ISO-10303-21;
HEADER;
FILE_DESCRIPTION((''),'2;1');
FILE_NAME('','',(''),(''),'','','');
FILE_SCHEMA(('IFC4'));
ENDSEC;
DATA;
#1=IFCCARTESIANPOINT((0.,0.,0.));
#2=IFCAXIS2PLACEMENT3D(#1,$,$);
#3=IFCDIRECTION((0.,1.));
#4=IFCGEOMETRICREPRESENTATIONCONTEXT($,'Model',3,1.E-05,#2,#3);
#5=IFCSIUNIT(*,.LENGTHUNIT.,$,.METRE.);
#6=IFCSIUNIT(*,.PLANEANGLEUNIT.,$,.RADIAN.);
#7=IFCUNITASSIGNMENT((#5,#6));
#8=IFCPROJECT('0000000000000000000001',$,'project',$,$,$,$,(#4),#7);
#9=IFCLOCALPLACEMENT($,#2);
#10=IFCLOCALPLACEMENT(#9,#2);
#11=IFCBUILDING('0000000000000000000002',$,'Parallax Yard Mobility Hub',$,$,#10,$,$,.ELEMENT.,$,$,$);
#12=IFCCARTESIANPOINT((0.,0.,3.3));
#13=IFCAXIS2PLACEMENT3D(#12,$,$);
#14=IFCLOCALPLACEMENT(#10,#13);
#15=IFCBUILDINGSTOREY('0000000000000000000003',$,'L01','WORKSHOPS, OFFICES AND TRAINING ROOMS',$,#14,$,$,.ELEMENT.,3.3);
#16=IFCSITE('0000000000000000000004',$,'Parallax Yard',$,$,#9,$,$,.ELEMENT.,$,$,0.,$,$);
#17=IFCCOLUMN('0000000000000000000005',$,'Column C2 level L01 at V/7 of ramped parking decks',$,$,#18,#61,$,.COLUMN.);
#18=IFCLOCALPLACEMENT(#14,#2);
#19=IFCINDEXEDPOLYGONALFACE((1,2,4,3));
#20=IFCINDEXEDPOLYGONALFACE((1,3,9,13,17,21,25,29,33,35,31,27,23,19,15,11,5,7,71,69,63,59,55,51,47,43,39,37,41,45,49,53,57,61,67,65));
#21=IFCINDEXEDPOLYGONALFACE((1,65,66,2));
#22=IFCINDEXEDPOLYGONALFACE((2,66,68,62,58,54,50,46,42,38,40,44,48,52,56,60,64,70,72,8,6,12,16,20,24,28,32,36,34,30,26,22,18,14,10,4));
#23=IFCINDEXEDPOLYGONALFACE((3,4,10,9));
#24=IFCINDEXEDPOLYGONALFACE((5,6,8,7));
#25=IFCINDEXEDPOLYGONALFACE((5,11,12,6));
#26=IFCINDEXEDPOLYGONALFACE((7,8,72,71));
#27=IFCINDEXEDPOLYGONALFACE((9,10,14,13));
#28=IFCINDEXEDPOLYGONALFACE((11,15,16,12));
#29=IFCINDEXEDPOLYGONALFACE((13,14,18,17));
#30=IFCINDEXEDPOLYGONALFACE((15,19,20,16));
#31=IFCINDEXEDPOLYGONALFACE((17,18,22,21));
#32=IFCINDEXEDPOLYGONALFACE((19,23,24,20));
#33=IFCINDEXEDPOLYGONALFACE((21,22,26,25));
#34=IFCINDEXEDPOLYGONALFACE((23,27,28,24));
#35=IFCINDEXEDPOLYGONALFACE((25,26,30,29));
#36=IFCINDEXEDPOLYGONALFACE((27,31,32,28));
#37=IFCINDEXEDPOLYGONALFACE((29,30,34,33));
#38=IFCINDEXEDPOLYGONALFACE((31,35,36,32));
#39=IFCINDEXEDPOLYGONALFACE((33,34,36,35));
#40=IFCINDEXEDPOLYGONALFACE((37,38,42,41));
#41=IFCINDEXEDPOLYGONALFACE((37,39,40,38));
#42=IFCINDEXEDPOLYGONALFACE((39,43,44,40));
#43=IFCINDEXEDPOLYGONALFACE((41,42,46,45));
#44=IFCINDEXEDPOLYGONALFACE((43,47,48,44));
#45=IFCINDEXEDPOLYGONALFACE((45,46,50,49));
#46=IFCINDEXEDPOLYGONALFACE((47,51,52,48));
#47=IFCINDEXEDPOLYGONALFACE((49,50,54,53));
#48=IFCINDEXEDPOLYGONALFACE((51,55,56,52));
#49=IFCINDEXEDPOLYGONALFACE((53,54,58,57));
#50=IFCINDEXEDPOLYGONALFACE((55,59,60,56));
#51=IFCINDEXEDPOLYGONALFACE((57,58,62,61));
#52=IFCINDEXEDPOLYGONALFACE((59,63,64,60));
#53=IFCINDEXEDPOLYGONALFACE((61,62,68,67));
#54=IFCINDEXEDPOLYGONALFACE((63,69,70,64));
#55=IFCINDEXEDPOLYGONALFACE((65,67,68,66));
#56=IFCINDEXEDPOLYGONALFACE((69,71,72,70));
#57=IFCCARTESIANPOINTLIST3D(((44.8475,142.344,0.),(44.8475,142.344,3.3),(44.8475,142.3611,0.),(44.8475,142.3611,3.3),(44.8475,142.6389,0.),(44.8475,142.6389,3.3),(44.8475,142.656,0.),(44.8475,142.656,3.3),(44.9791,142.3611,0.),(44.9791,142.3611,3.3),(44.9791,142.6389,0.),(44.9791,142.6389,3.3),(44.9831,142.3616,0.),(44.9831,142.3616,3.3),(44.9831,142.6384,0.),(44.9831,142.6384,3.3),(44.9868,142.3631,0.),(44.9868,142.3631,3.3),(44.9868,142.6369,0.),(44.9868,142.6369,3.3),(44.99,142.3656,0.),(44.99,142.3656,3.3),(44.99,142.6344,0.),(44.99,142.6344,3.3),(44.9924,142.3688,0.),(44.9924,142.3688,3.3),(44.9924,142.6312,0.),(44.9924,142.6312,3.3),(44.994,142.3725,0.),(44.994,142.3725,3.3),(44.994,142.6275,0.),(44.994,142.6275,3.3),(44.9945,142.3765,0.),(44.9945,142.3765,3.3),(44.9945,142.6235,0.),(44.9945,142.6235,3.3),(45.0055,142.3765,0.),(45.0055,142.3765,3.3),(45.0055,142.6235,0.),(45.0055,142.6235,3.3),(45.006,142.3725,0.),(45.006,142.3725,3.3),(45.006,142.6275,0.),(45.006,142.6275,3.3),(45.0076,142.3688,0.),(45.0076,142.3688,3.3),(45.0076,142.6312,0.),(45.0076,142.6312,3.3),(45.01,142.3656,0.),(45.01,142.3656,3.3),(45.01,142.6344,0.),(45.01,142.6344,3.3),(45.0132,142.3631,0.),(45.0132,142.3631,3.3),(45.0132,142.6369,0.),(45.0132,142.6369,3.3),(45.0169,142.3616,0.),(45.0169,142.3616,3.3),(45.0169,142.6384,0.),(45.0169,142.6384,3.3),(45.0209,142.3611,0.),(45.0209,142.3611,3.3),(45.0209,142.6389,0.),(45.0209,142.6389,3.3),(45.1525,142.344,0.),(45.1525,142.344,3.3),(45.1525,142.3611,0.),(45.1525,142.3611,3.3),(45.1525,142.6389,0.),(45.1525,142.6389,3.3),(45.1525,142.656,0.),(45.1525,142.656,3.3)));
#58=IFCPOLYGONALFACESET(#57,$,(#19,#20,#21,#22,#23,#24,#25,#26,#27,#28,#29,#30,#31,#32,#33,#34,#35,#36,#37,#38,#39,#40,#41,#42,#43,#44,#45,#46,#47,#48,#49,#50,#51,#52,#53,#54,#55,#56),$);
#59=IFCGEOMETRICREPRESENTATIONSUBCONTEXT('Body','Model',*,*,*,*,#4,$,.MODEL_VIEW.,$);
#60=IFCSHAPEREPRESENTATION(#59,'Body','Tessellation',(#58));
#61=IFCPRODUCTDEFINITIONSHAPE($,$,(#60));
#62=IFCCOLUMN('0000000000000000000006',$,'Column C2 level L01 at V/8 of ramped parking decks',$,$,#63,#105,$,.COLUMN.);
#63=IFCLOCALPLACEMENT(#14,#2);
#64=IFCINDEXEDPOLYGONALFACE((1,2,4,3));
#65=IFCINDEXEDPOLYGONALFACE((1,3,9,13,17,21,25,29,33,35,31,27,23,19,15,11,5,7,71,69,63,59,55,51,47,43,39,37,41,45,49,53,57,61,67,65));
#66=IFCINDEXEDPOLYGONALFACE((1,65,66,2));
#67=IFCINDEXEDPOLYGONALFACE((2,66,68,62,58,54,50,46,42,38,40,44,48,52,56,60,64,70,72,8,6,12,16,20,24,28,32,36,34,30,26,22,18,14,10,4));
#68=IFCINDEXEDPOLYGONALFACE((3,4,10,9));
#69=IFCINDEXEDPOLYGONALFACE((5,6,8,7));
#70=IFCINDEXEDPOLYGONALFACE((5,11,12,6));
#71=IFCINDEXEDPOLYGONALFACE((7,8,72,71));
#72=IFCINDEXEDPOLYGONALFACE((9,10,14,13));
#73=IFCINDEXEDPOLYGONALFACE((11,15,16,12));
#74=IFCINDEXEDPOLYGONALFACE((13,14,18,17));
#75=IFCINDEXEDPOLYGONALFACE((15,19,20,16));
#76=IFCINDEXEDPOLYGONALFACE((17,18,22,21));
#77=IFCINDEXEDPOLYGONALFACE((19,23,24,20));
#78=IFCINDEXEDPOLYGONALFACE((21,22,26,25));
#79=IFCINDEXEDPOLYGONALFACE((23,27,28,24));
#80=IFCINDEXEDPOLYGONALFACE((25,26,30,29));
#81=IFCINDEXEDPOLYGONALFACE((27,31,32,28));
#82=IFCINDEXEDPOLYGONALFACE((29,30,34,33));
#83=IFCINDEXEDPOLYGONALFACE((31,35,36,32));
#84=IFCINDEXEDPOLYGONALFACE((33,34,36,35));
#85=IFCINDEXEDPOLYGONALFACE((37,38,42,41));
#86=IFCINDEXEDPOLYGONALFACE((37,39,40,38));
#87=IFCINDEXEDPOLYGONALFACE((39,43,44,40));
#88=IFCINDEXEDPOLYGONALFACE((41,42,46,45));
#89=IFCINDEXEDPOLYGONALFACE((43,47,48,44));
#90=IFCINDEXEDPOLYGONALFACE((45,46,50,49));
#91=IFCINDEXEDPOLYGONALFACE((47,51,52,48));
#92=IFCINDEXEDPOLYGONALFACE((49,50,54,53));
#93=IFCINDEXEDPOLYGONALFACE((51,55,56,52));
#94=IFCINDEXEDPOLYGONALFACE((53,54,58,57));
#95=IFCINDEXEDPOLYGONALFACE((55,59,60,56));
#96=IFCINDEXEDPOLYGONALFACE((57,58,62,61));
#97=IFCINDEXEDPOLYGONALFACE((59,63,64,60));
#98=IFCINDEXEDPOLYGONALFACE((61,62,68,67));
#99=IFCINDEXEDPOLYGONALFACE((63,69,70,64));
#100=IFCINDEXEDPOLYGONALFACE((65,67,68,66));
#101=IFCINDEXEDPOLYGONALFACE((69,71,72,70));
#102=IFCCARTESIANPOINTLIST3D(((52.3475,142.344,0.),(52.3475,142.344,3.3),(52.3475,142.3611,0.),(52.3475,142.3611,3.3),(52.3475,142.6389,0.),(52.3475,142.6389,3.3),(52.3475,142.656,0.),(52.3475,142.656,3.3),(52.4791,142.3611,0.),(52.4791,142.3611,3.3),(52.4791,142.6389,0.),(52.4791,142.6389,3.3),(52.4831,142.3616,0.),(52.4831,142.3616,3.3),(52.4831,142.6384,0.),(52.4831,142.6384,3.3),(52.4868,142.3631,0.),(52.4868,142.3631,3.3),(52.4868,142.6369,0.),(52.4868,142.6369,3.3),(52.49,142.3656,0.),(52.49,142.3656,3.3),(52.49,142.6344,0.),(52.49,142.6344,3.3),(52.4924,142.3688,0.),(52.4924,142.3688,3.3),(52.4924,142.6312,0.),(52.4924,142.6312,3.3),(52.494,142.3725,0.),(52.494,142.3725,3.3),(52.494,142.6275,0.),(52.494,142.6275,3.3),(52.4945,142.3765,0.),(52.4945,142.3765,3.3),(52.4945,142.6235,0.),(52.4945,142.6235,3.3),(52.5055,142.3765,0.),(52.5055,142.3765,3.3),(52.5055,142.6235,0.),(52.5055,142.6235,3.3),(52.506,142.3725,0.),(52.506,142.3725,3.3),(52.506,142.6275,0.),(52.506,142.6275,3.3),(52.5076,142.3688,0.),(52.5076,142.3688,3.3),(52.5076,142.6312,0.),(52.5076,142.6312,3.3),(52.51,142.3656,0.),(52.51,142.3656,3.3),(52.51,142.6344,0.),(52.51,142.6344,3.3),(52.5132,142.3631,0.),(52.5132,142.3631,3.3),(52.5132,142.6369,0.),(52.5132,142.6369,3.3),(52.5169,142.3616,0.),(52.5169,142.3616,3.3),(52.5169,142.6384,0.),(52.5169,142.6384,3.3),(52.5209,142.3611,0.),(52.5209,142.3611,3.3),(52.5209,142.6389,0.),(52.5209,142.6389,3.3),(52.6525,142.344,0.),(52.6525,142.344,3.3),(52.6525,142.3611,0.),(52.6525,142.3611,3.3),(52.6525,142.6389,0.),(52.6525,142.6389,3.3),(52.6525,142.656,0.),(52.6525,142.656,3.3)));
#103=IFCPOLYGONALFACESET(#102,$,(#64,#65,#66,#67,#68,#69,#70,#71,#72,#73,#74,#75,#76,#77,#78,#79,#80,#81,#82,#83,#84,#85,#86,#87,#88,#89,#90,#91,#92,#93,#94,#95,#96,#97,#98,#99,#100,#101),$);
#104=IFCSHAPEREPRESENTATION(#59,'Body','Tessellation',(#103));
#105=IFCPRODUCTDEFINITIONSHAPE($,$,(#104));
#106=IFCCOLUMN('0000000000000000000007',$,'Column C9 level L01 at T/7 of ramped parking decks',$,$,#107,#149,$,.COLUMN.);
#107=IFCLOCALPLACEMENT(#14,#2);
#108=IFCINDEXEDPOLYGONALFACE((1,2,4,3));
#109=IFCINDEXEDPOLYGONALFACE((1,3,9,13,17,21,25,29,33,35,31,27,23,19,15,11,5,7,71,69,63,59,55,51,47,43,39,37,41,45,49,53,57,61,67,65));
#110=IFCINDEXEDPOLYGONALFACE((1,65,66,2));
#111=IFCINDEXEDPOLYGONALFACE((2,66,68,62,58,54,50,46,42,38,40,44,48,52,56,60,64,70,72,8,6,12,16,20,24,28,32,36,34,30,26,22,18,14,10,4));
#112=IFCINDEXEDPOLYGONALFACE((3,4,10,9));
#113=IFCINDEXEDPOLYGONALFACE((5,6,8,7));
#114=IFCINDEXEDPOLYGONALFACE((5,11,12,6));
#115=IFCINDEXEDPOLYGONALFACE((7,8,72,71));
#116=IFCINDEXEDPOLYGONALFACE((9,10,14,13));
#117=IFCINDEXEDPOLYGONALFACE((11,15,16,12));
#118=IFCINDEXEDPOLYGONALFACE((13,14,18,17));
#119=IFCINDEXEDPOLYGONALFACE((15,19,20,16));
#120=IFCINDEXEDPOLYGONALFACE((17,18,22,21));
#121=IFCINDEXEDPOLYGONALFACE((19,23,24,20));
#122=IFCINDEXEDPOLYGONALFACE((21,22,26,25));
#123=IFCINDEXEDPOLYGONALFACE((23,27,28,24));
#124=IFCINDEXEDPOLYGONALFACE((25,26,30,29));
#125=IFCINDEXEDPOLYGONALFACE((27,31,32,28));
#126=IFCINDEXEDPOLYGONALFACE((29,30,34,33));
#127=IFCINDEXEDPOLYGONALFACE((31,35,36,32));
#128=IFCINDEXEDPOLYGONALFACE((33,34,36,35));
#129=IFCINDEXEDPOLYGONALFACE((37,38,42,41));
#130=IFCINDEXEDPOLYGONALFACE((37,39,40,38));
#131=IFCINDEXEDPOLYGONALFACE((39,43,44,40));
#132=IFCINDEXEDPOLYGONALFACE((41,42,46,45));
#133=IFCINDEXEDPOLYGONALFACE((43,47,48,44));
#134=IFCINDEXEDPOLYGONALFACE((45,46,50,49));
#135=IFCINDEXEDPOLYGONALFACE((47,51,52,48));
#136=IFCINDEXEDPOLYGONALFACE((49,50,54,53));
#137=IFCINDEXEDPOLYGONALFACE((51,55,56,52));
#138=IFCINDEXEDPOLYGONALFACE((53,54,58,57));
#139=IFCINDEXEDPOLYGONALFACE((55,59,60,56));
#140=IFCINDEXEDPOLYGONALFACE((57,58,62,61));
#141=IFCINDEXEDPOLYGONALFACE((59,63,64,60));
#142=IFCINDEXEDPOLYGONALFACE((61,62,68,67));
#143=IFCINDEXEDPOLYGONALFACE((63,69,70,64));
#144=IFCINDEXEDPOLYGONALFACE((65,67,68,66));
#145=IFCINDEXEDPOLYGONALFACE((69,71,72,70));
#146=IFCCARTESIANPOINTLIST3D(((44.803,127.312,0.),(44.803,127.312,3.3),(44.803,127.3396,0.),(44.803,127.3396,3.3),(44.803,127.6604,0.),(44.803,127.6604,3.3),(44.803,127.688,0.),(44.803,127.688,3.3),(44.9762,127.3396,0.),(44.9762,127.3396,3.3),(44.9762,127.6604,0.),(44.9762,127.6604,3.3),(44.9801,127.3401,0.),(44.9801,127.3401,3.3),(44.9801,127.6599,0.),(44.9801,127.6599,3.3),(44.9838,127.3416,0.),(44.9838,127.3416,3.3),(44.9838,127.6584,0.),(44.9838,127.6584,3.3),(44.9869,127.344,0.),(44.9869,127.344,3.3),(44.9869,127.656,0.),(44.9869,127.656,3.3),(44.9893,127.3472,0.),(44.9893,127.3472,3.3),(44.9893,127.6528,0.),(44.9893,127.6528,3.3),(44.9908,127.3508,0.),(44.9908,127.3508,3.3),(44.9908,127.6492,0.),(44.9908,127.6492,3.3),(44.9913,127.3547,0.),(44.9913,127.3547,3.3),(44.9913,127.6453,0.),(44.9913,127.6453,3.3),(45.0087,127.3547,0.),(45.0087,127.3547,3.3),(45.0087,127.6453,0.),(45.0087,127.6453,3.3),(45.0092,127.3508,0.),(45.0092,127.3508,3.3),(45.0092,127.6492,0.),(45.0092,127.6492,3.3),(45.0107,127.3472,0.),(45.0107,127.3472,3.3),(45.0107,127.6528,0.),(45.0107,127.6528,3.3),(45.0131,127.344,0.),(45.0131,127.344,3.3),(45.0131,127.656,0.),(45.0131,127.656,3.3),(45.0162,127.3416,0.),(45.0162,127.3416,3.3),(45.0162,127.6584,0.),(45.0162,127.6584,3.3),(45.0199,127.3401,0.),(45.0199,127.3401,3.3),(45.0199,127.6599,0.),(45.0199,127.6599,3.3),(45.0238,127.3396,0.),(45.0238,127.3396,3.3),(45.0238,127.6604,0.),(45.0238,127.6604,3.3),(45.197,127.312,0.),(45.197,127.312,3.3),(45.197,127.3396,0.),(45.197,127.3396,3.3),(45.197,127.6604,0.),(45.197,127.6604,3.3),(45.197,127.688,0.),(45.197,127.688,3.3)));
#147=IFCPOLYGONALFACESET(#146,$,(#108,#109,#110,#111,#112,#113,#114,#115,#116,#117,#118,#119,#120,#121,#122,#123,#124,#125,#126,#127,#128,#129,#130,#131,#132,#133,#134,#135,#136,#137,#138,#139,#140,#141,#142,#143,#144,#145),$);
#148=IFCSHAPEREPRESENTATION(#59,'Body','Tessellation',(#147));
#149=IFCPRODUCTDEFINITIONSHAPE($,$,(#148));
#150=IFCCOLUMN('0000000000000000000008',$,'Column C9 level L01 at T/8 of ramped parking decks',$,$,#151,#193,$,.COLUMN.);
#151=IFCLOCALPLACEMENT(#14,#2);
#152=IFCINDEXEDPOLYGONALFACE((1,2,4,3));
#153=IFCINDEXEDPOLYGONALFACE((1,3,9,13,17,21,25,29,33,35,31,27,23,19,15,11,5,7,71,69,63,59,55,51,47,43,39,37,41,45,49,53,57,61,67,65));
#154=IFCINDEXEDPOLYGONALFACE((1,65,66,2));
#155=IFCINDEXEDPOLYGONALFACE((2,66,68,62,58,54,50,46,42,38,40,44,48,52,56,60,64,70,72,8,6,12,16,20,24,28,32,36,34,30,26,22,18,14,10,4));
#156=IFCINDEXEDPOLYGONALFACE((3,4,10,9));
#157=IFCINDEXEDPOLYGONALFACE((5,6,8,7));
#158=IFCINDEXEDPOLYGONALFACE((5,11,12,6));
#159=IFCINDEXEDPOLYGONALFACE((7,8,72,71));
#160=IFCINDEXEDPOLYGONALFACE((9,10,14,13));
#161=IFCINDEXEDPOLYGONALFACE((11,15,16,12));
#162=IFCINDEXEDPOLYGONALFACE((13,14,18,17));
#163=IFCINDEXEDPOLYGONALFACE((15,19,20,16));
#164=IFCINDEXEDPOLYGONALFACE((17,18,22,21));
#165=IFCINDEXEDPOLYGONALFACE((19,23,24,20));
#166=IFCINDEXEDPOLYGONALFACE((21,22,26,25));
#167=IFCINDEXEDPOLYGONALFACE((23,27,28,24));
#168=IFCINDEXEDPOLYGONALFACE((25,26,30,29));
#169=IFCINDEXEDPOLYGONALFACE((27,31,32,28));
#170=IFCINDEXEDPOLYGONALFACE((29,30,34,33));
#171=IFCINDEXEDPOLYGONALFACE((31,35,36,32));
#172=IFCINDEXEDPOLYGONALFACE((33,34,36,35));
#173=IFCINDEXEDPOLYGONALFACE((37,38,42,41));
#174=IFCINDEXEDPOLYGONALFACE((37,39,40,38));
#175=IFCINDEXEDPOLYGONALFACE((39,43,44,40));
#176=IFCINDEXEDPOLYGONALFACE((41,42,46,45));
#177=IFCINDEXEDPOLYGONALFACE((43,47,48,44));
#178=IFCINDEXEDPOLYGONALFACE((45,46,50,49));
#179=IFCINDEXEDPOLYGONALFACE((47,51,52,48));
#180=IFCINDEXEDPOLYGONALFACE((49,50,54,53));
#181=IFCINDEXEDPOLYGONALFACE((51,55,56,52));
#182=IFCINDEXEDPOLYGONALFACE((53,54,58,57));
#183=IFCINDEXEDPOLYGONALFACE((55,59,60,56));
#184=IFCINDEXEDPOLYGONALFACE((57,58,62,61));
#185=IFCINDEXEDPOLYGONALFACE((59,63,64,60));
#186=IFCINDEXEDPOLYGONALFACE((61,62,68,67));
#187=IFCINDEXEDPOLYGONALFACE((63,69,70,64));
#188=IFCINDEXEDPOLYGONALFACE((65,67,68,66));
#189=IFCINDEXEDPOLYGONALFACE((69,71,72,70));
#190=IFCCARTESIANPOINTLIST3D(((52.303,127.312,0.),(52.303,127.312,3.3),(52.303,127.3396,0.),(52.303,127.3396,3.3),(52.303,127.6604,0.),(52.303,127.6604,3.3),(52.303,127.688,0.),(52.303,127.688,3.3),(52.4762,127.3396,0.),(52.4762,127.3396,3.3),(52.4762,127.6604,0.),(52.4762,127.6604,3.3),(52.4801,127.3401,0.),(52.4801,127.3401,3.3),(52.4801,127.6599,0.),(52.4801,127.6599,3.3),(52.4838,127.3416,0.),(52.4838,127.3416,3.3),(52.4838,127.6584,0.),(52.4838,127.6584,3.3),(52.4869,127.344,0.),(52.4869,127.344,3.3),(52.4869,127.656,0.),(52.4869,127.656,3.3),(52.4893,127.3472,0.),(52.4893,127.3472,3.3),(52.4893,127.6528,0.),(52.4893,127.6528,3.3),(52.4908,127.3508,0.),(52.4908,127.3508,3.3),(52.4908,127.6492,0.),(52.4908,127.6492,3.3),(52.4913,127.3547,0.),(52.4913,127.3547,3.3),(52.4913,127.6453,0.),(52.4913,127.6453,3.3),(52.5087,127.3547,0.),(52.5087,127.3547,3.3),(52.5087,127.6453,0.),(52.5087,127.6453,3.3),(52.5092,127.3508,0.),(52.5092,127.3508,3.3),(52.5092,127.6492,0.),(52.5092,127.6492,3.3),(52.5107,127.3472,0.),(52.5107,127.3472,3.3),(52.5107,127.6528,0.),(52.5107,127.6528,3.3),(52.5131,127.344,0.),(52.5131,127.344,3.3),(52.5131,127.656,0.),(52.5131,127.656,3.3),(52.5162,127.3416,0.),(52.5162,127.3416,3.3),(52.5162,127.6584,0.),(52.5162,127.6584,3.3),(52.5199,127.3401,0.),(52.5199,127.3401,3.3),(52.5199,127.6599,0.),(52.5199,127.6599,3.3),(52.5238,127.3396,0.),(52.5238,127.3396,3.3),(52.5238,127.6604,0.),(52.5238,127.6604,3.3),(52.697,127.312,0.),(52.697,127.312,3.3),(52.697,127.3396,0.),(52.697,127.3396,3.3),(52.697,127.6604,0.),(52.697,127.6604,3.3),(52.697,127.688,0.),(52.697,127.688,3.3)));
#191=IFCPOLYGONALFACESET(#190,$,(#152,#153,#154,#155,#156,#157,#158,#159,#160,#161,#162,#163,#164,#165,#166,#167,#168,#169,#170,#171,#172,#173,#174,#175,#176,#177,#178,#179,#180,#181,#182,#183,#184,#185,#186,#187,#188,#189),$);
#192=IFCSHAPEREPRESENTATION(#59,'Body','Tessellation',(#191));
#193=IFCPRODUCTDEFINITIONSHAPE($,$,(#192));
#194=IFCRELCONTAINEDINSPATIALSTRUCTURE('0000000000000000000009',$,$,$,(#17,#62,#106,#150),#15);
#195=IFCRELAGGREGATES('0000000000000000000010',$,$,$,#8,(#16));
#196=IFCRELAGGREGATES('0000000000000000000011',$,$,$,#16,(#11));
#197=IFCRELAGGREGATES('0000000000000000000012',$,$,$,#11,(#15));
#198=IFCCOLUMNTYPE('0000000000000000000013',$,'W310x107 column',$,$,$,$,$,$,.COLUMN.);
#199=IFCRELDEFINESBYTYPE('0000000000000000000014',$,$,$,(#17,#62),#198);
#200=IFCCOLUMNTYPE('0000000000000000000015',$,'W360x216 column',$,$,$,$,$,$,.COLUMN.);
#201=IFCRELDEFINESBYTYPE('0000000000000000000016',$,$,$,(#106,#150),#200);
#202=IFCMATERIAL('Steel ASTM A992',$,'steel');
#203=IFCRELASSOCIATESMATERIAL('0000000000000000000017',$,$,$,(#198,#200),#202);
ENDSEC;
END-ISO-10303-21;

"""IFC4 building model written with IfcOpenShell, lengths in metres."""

from ifc_helpers import new_model, si_unit, direction, frame, origin, origin_2d, place, context, subcontext, project, spatial, i_section, extrude, material, material_profile, profile_set, type_object, element, save


model = new_model("IFC4")

# Units and contexts
model_context = context("Model", 3, precision=1e-05, world=origin(), true_north=direction((0.0, 1.0)))
body_context = subcontext(model_context, "Body", "Model", "MODEL_VIEW")
ifc_project = project(units=[si_unit("LENGTHUNIT", "METRE"), si_unit("PLANEANGLEUNIT", "RADIAN")], contexts=[model_context])

# Site, building, storey
site_placement = place(None, origin())
site = spatial("IfcSite", under=ifc_project, at=site_placement, Name="Parallax Yard", CompositionType="ELEMENT", RefElevation=0.0)
building_placement = place(site_placement, origin())
building = spatial("IfcBuilding", under=site, at=building_placement, Name="Parallax Yard Mobility Hub", CompositionType="ELEMENT")
storey_placement = place(building_placement, frame((0.0, 0.0, 3.3)))
storey = spatial("IfcBuildingStorey", under=building, at=storey_placement, Name="L01", Description="WORKSHOPS, OFFICES AND TRAINING ROOMS", CompositionType="ELEMENT", Elevation=3.3)

# Columns
ifc_material_1 = material(Name="Steel ASTM A992", Category="steel")
ifc_material_profile_1 = material_profile(ifc_material_1, i_section(OverallWidth=0.3049, OverallDepth=0.312, WebThickness=0.011, FlangeThickness=0.0171, FilletRadius=0.0154, at=origin_2d()), Name="W310x107")
ifc_profile_set_1 = profile_set([ifc_material_profile_1], Name="Steel ASTM A992")
column_type_1 = type_object("IfcColumnType", Name="W310x107 column", PredefinedType="COLUMN", material=ifc_profile_set_1)
for number, where, z_axis, x_axis, name in (
    (1, (45.0, 142.5, 0.0), (0.0, 0.0, 1.0), (1.0, 0.0, 0.0), "Column C2 level L01 at V/7 of ramped parking decks"),
    (2, (52.5, 142.5, 0.0), (0.0, 0.0, 1.0), (1.0, 0.0, 0.0), "Column C2 level L01 at V/8 of ramped parking decks"),
):
    element("IfcColumn", number, at=place(storey_placement, frame(where, z_axis=z_axis, x_axis=x_axis)), inside=storey, type_object=column_type_1, Name=name, PredefinedType="COLUMN", context=body_context, shape_type="SweptSolid", body=[
        extrude(i_section(OverallWidth=0.3049, OverallDepth=0.312, WebThickness=0.011, FlangeThickness=0.0171, FilletRadius=0.0154, at=origin_2d()), origin(), (0.0, 0.0, 1.0), 3.3),
    ])
ifc_material_profile_2 = material_profile(ifc_material_1, i_section(OverallWidth=0.394, OverallDepth=0.376, WebThickness=0.0173, FlangeThickness=0.0276, FilletRadius=0.0151, at=origin_2d()), Name="W360x216")
ifc_profile_set_2 = profile_set([ifc_material_profile_2], Name="Steel ASTM A992")
column_type_2 = type_object("IfcColumnType", Name="W360x216 column", PredefinedType="COLUMN", material=ifc_profile_set_2)
for number, where, z_axis, x_axis, name in (
    (3, (45.0, 127.5, 0.0), (0.0, 0.0, 1.0), (1.0, 0.0, 0.0), "Column C9 level L01 at T/7 of ramped parking decks"),
    (4, (52.5, 127.5, 0.0), (0.0, 0.0, 1.0), (1.0, 0.0, 0.0), "Column C9 level L01 at T/8 of ramped parking decks"),
):
    element("IfcColumn", number, at=place(storey_placement, frame(where, z_axis=z_axis, x_axis=x_axis)), inside=storey, type_object=column_type_2, Name=name, PredefinedType="COLUMN", context=body_context, shape_type="SweptSolid", body=[
        extrude(i_section(OverallWidth=0.394, OverallDepth=0.376, WebThickness=0.0173, FlangeThickness=0.0276, FilletRadius=0.0151, at=origin_2d()), origin(), (0.0, 0.0, 1.0), 3.3),
    ])

save(model, "model.ifc")
